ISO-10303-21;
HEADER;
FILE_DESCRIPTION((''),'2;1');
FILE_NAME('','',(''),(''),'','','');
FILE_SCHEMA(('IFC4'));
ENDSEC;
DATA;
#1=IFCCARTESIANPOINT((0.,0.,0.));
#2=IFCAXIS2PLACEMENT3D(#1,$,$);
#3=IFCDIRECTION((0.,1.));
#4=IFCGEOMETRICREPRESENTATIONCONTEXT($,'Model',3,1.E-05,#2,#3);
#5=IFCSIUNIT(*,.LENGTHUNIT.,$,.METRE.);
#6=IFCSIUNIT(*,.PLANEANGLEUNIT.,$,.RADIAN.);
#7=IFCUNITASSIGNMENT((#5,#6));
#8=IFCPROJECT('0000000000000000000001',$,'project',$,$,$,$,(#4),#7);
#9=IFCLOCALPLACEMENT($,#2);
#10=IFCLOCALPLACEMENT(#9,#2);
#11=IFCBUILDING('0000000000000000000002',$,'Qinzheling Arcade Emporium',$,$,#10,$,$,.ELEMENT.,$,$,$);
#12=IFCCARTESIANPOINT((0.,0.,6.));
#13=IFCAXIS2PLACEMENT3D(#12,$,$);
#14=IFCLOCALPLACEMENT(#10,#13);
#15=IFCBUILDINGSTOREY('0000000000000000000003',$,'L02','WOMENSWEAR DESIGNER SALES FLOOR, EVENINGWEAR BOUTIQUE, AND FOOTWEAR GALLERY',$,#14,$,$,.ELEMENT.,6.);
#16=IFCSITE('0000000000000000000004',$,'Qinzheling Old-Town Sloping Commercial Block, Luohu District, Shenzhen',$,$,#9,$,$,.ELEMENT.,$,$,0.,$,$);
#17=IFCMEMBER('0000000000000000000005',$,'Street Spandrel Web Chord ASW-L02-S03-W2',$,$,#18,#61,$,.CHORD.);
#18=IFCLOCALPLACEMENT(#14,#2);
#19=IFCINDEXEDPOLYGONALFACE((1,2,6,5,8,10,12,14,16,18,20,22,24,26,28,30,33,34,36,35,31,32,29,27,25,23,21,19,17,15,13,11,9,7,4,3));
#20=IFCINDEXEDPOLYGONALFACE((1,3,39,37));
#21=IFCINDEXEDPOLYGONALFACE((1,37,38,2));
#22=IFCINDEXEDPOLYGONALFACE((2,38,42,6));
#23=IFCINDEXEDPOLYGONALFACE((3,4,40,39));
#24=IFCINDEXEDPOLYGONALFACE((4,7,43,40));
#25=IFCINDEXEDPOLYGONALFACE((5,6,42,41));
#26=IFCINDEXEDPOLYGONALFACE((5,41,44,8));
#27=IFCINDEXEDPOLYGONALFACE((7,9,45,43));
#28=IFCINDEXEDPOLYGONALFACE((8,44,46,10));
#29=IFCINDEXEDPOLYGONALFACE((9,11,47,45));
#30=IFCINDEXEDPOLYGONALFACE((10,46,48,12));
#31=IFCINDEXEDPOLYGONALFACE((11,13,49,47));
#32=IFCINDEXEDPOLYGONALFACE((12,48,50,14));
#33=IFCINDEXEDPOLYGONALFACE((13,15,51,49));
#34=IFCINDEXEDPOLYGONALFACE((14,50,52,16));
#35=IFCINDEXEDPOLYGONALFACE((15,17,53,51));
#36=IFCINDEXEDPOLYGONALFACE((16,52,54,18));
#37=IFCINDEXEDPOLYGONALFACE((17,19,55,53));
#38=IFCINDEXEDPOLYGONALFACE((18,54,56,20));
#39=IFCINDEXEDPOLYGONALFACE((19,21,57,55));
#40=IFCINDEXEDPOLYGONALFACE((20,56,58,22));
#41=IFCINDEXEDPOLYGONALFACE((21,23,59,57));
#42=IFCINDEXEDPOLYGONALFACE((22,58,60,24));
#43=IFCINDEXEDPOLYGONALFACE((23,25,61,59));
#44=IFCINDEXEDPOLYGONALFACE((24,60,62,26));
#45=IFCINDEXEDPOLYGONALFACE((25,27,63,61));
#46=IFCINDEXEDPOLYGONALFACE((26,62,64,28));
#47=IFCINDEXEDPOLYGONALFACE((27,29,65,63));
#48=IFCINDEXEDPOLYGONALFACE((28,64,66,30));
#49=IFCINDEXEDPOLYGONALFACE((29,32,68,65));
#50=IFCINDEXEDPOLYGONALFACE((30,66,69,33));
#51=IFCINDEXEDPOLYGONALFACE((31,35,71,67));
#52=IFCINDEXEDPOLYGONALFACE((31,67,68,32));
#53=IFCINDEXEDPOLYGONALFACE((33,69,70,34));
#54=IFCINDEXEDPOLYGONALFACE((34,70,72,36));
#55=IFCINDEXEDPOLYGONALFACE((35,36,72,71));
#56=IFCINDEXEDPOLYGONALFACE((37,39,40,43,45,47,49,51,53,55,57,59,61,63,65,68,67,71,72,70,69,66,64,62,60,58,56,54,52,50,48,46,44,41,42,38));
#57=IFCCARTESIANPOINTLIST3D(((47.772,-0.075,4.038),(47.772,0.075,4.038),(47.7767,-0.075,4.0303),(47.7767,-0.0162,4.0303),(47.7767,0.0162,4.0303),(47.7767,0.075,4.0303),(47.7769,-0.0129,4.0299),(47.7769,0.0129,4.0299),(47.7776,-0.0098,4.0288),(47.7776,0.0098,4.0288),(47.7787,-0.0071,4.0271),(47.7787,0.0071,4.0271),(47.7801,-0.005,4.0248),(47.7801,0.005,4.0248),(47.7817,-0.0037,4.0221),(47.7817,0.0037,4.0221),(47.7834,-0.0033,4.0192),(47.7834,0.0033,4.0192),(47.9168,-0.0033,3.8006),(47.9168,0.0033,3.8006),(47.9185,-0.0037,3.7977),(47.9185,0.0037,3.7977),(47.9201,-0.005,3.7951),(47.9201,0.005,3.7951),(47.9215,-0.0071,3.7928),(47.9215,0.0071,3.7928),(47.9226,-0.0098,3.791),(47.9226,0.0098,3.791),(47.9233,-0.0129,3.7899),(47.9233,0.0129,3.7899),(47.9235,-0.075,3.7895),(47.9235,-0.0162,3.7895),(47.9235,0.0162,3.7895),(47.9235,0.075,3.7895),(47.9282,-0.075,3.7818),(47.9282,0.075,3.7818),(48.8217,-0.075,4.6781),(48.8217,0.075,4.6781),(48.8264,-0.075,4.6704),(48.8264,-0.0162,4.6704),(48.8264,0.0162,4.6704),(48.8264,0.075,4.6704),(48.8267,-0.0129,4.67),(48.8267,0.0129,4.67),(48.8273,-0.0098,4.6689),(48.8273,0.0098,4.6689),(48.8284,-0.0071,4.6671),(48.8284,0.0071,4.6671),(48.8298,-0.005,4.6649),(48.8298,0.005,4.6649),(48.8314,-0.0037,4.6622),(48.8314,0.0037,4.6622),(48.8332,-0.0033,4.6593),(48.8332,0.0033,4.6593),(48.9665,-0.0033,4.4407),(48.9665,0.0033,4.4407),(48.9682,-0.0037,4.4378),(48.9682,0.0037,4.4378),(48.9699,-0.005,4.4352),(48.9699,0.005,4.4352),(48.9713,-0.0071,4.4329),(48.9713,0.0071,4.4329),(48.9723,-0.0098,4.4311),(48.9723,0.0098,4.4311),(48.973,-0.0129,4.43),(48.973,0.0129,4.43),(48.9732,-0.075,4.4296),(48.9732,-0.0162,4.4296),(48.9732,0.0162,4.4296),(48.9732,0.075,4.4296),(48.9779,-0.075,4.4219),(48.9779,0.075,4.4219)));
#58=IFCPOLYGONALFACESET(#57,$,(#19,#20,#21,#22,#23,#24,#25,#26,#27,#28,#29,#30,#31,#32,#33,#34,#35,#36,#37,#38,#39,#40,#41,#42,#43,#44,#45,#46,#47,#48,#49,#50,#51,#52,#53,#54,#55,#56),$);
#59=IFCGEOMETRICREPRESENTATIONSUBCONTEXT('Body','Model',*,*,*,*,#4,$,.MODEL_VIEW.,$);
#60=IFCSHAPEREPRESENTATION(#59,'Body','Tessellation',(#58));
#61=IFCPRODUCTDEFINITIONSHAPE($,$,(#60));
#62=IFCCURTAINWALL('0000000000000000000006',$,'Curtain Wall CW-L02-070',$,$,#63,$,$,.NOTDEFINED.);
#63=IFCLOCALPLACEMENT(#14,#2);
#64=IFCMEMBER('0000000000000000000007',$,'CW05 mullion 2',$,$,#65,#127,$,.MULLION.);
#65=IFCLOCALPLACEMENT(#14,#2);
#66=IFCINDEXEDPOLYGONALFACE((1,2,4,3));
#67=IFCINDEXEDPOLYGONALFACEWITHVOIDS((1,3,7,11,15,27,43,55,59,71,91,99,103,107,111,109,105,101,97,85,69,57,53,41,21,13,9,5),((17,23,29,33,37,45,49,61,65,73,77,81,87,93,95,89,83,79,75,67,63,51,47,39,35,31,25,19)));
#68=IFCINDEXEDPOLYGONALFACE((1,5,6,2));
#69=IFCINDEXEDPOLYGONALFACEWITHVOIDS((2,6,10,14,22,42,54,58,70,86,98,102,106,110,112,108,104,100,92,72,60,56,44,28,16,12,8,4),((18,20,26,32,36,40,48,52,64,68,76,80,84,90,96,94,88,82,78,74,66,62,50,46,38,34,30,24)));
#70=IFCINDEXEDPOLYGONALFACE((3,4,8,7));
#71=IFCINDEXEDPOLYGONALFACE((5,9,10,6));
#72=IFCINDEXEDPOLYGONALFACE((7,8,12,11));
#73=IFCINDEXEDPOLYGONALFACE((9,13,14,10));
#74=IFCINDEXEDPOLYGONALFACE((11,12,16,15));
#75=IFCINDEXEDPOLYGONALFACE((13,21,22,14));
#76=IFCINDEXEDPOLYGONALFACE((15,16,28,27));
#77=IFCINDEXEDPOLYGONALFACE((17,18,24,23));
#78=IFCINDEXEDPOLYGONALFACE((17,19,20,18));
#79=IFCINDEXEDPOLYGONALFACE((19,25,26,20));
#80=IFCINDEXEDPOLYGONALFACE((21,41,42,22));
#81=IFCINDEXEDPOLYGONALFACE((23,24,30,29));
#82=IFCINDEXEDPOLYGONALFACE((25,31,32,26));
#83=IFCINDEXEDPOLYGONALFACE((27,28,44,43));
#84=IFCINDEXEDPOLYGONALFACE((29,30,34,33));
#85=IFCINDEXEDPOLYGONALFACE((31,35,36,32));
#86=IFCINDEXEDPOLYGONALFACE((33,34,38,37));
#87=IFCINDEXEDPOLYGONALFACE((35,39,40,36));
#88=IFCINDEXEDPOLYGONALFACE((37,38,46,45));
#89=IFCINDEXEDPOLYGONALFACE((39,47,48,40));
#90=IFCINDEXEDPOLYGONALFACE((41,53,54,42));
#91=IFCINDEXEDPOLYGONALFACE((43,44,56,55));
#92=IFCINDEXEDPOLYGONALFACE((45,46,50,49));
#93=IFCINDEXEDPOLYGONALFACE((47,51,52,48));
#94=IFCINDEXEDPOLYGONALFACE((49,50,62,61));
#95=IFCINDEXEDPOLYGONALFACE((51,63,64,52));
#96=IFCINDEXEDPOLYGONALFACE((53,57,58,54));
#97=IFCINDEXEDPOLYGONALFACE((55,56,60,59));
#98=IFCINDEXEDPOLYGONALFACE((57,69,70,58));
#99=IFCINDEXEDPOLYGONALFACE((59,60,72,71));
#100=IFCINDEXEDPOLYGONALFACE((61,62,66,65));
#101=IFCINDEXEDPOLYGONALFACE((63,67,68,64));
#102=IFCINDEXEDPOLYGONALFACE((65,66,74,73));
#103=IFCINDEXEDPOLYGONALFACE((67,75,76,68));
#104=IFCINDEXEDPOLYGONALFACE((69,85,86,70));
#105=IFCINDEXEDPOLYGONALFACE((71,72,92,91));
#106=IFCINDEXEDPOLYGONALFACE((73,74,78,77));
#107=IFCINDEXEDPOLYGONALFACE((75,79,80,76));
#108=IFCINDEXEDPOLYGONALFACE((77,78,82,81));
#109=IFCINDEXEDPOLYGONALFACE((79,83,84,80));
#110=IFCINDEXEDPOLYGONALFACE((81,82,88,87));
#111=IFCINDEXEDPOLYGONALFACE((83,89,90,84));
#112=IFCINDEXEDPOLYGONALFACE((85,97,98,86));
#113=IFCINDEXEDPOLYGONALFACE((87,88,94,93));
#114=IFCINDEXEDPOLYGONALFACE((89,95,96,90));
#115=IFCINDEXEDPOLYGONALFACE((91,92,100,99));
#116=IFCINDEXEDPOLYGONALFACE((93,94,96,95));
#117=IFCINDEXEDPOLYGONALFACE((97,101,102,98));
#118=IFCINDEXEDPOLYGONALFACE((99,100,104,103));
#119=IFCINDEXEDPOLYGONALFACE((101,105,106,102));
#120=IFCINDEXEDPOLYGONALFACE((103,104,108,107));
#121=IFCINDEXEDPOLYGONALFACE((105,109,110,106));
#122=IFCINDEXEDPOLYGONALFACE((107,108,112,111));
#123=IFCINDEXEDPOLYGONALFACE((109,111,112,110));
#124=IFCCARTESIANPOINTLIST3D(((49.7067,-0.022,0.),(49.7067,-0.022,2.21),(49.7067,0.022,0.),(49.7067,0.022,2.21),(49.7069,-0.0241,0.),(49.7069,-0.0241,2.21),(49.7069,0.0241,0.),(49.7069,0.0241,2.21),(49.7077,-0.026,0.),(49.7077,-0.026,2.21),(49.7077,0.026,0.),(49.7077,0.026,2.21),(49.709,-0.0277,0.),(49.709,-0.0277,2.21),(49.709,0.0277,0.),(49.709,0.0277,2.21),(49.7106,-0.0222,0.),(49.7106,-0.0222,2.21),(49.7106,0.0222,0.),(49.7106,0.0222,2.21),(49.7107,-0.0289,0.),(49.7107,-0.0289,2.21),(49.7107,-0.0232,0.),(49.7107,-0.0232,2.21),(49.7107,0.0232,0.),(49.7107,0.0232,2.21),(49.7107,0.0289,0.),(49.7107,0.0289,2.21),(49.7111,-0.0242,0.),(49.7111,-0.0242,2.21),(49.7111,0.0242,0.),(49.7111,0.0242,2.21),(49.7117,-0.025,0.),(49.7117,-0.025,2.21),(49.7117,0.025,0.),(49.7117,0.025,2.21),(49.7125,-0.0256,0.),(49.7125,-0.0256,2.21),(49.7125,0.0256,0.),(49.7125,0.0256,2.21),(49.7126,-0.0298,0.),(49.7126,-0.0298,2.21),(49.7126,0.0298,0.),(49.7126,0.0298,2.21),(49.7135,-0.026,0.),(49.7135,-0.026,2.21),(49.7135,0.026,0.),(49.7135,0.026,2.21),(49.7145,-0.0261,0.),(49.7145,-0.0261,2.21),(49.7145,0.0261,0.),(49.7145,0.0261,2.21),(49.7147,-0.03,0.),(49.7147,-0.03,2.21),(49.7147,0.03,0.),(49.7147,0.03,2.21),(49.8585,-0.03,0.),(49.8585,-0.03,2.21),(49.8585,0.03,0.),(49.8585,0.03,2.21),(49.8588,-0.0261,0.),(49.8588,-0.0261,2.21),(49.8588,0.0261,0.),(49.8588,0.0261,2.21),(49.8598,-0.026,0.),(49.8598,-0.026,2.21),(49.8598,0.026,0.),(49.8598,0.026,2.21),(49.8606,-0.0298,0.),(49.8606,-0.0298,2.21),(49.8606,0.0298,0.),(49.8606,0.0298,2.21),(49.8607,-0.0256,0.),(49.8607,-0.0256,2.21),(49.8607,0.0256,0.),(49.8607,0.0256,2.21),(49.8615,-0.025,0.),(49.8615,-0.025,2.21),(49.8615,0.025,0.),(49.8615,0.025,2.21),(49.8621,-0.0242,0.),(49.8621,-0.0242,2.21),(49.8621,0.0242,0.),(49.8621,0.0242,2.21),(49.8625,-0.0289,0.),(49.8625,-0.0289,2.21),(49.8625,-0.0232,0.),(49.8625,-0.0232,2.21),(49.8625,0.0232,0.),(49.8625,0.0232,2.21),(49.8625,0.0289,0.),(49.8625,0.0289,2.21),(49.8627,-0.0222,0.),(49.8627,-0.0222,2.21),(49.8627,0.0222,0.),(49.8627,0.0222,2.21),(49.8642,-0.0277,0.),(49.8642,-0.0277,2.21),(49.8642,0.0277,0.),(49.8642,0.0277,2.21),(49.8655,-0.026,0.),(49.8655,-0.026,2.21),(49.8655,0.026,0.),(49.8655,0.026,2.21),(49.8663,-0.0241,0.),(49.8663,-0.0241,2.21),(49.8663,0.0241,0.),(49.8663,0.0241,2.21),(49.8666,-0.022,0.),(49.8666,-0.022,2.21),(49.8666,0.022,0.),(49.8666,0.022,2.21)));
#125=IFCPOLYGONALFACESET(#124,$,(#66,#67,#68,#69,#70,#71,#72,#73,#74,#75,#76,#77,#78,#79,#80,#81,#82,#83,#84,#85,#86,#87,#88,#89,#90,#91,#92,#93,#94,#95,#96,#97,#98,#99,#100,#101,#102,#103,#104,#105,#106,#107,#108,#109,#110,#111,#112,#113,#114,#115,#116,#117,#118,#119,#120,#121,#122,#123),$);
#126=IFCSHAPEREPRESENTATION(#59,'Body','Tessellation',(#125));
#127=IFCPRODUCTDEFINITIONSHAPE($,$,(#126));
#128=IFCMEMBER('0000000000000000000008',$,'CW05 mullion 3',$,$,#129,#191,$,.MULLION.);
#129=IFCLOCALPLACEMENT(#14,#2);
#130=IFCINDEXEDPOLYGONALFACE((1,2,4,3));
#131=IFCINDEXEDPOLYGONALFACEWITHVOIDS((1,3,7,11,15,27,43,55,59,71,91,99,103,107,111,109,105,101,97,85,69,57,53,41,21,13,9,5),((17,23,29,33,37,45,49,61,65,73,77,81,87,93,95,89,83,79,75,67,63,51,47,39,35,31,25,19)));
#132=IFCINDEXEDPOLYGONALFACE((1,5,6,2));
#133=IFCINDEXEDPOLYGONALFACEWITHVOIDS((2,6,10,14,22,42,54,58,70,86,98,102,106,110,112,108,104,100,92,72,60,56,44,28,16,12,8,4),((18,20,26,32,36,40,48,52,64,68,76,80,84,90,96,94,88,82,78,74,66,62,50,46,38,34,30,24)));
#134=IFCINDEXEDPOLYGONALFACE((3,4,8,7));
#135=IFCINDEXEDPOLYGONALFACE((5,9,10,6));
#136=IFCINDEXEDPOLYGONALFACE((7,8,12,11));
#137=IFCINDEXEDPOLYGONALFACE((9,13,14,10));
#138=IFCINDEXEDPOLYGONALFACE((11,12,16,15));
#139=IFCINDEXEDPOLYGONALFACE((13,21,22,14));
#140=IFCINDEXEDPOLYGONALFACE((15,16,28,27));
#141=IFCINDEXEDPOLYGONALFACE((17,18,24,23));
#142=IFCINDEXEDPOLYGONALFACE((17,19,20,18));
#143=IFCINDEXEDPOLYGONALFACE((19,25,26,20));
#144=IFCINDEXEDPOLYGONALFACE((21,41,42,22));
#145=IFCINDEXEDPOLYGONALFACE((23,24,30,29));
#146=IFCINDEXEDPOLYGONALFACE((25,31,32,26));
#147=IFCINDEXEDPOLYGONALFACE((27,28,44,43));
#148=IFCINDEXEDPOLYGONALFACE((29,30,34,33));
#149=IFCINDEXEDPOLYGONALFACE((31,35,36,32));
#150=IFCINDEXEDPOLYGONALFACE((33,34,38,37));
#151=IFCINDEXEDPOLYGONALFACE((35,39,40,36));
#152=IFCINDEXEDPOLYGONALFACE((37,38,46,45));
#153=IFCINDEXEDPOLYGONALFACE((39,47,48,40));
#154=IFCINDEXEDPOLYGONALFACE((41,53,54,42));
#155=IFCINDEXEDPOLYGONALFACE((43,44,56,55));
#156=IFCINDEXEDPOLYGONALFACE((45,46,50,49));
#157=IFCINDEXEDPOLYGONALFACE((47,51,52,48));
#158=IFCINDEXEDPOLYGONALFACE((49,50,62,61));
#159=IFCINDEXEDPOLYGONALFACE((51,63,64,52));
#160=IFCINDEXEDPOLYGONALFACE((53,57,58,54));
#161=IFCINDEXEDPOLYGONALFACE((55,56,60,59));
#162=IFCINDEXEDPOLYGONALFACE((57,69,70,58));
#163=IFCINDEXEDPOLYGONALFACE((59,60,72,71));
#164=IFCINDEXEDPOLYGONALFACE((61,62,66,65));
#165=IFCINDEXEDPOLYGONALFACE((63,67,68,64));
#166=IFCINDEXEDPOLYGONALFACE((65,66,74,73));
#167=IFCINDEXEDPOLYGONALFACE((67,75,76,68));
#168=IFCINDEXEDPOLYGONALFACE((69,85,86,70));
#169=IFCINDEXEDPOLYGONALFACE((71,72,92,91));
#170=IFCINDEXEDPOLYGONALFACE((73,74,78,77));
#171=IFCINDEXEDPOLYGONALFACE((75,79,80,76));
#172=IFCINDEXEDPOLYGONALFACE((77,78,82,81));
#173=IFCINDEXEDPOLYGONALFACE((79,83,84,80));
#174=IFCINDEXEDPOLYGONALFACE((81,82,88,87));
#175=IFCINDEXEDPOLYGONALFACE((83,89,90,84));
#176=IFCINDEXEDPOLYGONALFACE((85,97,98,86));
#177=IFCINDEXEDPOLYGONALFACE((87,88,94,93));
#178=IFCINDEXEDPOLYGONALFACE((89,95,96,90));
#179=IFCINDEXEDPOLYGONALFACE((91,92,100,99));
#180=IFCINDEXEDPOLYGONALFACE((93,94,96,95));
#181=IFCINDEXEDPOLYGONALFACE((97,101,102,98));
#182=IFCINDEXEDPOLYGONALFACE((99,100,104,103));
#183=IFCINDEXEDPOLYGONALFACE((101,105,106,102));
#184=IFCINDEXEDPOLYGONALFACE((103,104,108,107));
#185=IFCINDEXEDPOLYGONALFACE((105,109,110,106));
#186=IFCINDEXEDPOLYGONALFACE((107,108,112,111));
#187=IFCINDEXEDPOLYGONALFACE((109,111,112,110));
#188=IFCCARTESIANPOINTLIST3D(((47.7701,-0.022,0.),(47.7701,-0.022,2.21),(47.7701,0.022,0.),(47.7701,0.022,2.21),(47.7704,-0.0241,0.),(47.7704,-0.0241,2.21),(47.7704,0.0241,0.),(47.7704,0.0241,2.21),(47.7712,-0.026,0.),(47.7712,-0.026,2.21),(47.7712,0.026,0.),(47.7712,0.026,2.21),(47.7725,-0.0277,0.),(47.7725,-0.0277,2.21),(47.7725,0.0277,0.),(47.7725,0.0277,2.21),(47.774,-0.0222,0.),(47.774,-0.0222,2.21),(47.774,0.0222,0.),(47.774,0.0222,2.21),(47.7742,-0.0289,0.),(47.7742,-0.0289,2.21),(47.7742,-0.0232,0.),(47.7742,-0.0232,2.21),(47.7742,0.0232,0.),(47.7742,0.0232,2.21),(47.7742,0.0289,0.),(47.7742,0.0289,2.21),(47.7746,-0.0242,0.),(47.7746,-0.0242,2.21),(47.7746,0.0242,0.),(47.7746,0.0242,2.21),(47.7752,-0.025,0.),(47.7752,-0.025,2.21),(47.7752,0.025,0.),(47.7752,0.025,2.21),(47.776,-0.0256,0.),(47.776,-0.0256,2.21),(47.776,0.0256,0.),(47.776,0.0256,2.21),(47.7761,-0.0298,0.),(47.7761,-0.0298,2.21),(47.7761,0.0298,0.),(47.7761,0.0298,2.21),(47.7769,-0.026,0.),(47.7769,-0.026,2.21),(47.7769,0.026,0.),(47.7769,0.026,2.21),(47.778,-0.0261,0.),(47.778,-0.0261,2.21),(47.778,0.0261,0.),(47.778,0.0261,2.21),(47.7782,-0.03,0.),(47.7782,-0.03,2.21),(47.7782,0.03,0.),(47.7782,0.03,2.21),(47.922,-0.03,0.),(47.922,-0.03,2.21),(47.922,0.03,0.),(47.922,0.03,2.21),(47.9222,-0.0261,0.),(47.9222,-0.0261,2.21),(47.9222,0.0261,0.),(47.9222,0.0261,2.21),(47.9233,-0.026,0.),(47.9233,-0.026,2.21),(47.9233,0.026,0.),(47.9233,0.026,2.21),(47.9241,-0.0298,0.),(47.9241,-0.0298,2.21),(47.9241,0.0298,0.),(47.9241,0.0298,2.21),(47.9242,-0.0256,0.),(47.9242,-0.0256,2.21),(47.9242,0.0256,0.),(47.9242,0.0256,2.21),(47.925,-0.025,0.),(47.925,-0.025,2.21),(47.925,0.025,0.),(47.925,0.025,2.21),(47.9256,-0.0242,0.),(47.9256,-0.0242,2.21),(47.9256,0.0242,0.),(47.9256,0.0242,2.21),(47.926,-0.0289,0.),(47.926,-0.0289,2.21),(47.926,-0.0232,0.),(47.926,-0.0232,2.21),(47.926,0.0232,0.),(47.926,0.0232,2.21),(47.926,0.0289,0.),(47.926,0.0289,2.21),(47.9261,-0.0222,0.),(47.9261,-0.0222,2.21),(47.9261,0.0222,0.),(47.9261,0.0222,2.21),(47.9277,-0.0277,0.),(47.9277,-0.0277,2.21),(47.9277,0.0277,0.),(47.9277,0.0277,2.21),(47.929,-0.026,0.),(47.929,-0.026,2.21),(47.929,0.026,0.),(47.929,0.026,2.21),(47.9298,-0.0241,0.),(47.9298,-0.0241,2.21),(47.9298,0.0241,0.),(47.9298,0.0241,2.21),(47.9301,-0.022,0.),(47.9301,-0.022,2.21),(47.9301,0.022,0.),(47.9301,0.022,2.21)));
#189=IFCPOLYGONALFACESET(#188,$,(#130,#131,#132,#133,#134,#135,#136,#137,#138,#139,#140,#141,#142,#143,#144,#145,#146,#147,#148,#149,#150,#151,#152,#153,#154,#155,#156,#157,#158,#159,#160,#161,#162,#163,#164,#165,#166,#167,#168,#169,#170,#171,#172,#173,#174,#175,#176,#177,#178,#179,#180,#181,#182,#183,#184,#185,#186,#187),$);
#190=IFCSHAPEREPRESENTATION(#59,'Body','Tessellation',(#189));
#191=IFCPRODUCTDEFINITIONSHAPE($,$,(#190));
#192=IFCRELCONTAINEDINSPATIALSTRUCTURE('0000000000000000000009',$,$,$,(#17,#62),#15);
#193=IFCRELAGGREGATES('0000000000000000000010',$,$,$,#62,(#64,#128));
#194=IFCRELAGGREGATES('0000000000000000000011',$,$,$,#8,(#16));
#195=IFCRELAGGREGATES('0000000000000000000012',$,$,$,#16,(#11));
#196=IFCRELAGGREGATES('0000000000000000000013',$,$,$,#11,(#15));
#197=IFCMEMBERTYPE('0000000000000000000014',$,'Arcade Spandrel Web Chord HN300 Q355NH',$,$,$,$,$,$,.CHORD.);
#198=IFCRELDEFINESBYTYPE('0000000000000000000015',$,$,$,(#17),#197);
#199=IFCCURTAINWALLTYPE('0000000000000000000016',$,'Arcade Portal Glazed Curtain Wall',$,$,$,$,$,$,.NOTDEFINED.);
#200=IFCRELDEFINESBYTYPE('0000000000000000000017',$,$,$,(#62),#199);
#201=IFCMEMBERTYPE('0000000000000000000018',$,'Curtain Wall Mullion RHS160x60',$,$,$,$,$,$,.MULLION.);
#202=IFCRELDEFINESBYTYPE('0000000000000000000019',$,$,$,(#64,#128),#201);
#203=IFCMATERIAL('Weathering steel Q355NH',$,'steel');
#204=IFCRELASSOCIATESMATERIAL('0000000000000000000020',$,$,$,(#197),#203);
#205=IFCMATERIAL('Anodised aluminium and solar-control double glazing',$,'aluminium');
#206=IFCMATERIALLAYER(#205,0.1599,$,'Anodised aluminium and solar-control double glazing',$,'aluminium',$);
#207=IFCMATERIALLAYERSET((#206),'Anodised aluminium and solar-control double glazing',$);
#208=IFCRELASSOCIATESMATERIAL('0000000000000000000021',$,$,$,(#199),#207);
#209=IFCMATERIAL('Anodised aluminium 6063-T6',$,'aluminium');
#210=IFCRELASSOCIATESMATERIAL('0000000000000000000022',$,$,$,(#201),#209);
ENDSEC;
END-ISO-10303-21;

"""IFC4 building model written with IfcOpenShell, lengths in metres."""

from ifc_helpers import new_model, si_unit, direction, frame, origin, origin_2d, place, context, subcontext, project, spatial, hollow_rectangle, i_section, extrude, material, layer, layer_set, material_profile, profile_set, type_object, element, aggregate, save


model = new_model("IFC4")

# Units and contexts
model_context = context("Model", 3, precision=1e-05, world=origin(), true_north=direction((0.0, 1.0)))
body_context = subcontext(model_context, "Body", "Model", "MODEL_VIEW")
ifc_project = project(units=[si_unit("LENGTHUNIT", "METRE"), si_unit("PLANEANGLEUNIT", "RADIAN")], contexts=[model_context])

# Site, building, storey
site_placement = place(None, origin())
site = spatial("IfcSite", under=ifc_project, at=site_placement, Name="Qinzheling Old-Town Sloping Commercial Block, Luohu District, Shenzhen", CompositionType="ELEMENT", RefElevation=0.0)
building_placement = place(site_placement, origin())
building = spatial("IfcBuilding", under=site, at=building_placement, Name="Qinzheling Arcade Emporium", CompositionType="ELEMENT")
storey_placement = place(building_placement, frame((0.0, 0.0, 6.0)))
storey = spatial("IfcBuildingStorey", under=building, at=storey_placement, Name="L02", Description="WOMENSWEAR DESIGNER SALES FLOOR, EVENINGWEAR BOUTIQUE, AND FOOTWEAR GALLERY", CompositionType="ELEMENT", Elevation=6.0)

# Shared definitions
ifc_material_1 = material(Name="Weathering steel Q355NH", Category="steel")

# Member
ifc_material_profile_1 = material_profile(ifc_material_1, i_section(OverallWidth=0.1499, OverallDepth=0.3, WebThickness=0.0066, FlangeThickness=0.009, FilletRadius=0.0129, at=origin_2d()), Name="HN 300x150x6.5x9", Category="steel")
ifc_profile_set_1 = profile_set([ifc_material_profile_1], Name="Weathering steel Q355NH")
member_type_1 = type_object("IfcMemberType", Name="Arcade Spandrel Web Chord HN300 Q355NH", PredefinedType="CHORD", material=ifc_profile_set_1)
member_1_placement = place(storey_placement, frame((47.8501, 0.0, 3.9099), z_axis=(0.853792, 0.0, 0.520614), x_axis=(0.0, 1.0, 0.0)))
element("IfcMember", 1, at=member_1_placement, inside=storey, type_object=member_type_1, Name="Street Spandrel Web Chord ASW-L02-S03-W2", PredefinedType="CHORD", context=body_context, shape_type="SweptSolid", body=[
    extrude(i_section(OverallWidth=0.1499, OverallDepth=0.3, WebThickness=0.0066, FlangeThickness=0.009, FilletRadius=0.0129, at=origin_2d()), origin(), (0.0, 0.0, 1.0), 1.2295),
])

# Curtain wall, members
ifc_material_2 = material(Name="Anodised aluminium and solar-control double glazing", Category="aluminium")
ifc_layer_1 = layer(ifc_material_2, 0.1599, Name="Anodised aluminium and solar-control double glazing", Category="aluminium")
ifc_layer_set_1 = layer_set([ifc_layer_1], Name="Anodised aluminium and solar-control double glazing")
curtain_wall_type = type_object("IfcCurtainWallType", Name="Arcade Portal Glazed Curtain Wall", PredefinedType="NOTDEFINED", material=ifc_layer_set_1)
curtain_wall_placement = place(storey_placement, origin())
curtain_wall = element("IfcCurtainWall", 2, at=curtain_wall_placement, inside=storey, type_object=curtain_wall_type, Name="Curtain Wall CW-L02-070", PredefinedType="NOTDEFINED")
ifc_material_3 = material(Name="Anodised aluminium 6063-T6", Category="aluminium")
ifc_material_profile_2 = material_profile(ifc_material_3, hollow_rectangle(XDim=0.0601, YDim=0.1599, WallThickness=0.0039, InnerFilletRadius=0.0039, OuterFilletRadius=0.0081, at=origin_2d()), Name="RHS 160x60x4", Category="aluminium")
ifc_profile_set_2 = profile_set([ifc_material_profile_2], Name="Anodised aluminium 6063-T6")
member_type_2 = type_object("IfcMemberType", Name="Curtain Wall Mullion RHS160x60", PredefinedType="MULLION", material=ifc_profile_set_2)
member_2_placement = place(storey_placement, frame((49.7866, 0.0, 0.0), z_axis=(0.0, 0.0, 1.0), x_axis=(0.0, -1.0, 0.0)))
member_2 = element("IfcMember", 3, at=member_2_placement, type_object=member_type_2, Name="CW05 mullion 2", PredefinedType="MULLION", context=body_context, shape_type="SweptSolid", body=[
    extrude(hollow_rectangle(XDim=0.0601, YDim=0.1599, WallThickness=0.0039, InnerFilletRadius=0.0039, OuterFilletRadius=0.0081, at=origin_2d()), origin(), (0.0, 0.0, 1.0), 2.21),
])
member_3_placement = place(storey_placement, frame((47.8501, 0.0, 0.0), z_axis=(0.0, 0.0, 1.0), x_axis=(0.0, -1.0, 0.0)))
member_3 = element("IfcMember", 4, at=member_3_placement, type_object=member_type_2, Name="CW05 mullion 3", PredefinedType="MULLION", context=body_context, shape_type="SweptSolid", body=[
    extrude(hollow_rectangle(XDim=0.0601, YDim=0.1599, WallThickness=0.0039, InnerFilletRadius=0.0039, OuterFilletRadius=0.0081, at=origin_2d()), origin(), (0.0, 0.0, 1.0), 2.21),
])
aggregate(curtain_wall, [member_2, member_3])

save(model, "model.ifc")
